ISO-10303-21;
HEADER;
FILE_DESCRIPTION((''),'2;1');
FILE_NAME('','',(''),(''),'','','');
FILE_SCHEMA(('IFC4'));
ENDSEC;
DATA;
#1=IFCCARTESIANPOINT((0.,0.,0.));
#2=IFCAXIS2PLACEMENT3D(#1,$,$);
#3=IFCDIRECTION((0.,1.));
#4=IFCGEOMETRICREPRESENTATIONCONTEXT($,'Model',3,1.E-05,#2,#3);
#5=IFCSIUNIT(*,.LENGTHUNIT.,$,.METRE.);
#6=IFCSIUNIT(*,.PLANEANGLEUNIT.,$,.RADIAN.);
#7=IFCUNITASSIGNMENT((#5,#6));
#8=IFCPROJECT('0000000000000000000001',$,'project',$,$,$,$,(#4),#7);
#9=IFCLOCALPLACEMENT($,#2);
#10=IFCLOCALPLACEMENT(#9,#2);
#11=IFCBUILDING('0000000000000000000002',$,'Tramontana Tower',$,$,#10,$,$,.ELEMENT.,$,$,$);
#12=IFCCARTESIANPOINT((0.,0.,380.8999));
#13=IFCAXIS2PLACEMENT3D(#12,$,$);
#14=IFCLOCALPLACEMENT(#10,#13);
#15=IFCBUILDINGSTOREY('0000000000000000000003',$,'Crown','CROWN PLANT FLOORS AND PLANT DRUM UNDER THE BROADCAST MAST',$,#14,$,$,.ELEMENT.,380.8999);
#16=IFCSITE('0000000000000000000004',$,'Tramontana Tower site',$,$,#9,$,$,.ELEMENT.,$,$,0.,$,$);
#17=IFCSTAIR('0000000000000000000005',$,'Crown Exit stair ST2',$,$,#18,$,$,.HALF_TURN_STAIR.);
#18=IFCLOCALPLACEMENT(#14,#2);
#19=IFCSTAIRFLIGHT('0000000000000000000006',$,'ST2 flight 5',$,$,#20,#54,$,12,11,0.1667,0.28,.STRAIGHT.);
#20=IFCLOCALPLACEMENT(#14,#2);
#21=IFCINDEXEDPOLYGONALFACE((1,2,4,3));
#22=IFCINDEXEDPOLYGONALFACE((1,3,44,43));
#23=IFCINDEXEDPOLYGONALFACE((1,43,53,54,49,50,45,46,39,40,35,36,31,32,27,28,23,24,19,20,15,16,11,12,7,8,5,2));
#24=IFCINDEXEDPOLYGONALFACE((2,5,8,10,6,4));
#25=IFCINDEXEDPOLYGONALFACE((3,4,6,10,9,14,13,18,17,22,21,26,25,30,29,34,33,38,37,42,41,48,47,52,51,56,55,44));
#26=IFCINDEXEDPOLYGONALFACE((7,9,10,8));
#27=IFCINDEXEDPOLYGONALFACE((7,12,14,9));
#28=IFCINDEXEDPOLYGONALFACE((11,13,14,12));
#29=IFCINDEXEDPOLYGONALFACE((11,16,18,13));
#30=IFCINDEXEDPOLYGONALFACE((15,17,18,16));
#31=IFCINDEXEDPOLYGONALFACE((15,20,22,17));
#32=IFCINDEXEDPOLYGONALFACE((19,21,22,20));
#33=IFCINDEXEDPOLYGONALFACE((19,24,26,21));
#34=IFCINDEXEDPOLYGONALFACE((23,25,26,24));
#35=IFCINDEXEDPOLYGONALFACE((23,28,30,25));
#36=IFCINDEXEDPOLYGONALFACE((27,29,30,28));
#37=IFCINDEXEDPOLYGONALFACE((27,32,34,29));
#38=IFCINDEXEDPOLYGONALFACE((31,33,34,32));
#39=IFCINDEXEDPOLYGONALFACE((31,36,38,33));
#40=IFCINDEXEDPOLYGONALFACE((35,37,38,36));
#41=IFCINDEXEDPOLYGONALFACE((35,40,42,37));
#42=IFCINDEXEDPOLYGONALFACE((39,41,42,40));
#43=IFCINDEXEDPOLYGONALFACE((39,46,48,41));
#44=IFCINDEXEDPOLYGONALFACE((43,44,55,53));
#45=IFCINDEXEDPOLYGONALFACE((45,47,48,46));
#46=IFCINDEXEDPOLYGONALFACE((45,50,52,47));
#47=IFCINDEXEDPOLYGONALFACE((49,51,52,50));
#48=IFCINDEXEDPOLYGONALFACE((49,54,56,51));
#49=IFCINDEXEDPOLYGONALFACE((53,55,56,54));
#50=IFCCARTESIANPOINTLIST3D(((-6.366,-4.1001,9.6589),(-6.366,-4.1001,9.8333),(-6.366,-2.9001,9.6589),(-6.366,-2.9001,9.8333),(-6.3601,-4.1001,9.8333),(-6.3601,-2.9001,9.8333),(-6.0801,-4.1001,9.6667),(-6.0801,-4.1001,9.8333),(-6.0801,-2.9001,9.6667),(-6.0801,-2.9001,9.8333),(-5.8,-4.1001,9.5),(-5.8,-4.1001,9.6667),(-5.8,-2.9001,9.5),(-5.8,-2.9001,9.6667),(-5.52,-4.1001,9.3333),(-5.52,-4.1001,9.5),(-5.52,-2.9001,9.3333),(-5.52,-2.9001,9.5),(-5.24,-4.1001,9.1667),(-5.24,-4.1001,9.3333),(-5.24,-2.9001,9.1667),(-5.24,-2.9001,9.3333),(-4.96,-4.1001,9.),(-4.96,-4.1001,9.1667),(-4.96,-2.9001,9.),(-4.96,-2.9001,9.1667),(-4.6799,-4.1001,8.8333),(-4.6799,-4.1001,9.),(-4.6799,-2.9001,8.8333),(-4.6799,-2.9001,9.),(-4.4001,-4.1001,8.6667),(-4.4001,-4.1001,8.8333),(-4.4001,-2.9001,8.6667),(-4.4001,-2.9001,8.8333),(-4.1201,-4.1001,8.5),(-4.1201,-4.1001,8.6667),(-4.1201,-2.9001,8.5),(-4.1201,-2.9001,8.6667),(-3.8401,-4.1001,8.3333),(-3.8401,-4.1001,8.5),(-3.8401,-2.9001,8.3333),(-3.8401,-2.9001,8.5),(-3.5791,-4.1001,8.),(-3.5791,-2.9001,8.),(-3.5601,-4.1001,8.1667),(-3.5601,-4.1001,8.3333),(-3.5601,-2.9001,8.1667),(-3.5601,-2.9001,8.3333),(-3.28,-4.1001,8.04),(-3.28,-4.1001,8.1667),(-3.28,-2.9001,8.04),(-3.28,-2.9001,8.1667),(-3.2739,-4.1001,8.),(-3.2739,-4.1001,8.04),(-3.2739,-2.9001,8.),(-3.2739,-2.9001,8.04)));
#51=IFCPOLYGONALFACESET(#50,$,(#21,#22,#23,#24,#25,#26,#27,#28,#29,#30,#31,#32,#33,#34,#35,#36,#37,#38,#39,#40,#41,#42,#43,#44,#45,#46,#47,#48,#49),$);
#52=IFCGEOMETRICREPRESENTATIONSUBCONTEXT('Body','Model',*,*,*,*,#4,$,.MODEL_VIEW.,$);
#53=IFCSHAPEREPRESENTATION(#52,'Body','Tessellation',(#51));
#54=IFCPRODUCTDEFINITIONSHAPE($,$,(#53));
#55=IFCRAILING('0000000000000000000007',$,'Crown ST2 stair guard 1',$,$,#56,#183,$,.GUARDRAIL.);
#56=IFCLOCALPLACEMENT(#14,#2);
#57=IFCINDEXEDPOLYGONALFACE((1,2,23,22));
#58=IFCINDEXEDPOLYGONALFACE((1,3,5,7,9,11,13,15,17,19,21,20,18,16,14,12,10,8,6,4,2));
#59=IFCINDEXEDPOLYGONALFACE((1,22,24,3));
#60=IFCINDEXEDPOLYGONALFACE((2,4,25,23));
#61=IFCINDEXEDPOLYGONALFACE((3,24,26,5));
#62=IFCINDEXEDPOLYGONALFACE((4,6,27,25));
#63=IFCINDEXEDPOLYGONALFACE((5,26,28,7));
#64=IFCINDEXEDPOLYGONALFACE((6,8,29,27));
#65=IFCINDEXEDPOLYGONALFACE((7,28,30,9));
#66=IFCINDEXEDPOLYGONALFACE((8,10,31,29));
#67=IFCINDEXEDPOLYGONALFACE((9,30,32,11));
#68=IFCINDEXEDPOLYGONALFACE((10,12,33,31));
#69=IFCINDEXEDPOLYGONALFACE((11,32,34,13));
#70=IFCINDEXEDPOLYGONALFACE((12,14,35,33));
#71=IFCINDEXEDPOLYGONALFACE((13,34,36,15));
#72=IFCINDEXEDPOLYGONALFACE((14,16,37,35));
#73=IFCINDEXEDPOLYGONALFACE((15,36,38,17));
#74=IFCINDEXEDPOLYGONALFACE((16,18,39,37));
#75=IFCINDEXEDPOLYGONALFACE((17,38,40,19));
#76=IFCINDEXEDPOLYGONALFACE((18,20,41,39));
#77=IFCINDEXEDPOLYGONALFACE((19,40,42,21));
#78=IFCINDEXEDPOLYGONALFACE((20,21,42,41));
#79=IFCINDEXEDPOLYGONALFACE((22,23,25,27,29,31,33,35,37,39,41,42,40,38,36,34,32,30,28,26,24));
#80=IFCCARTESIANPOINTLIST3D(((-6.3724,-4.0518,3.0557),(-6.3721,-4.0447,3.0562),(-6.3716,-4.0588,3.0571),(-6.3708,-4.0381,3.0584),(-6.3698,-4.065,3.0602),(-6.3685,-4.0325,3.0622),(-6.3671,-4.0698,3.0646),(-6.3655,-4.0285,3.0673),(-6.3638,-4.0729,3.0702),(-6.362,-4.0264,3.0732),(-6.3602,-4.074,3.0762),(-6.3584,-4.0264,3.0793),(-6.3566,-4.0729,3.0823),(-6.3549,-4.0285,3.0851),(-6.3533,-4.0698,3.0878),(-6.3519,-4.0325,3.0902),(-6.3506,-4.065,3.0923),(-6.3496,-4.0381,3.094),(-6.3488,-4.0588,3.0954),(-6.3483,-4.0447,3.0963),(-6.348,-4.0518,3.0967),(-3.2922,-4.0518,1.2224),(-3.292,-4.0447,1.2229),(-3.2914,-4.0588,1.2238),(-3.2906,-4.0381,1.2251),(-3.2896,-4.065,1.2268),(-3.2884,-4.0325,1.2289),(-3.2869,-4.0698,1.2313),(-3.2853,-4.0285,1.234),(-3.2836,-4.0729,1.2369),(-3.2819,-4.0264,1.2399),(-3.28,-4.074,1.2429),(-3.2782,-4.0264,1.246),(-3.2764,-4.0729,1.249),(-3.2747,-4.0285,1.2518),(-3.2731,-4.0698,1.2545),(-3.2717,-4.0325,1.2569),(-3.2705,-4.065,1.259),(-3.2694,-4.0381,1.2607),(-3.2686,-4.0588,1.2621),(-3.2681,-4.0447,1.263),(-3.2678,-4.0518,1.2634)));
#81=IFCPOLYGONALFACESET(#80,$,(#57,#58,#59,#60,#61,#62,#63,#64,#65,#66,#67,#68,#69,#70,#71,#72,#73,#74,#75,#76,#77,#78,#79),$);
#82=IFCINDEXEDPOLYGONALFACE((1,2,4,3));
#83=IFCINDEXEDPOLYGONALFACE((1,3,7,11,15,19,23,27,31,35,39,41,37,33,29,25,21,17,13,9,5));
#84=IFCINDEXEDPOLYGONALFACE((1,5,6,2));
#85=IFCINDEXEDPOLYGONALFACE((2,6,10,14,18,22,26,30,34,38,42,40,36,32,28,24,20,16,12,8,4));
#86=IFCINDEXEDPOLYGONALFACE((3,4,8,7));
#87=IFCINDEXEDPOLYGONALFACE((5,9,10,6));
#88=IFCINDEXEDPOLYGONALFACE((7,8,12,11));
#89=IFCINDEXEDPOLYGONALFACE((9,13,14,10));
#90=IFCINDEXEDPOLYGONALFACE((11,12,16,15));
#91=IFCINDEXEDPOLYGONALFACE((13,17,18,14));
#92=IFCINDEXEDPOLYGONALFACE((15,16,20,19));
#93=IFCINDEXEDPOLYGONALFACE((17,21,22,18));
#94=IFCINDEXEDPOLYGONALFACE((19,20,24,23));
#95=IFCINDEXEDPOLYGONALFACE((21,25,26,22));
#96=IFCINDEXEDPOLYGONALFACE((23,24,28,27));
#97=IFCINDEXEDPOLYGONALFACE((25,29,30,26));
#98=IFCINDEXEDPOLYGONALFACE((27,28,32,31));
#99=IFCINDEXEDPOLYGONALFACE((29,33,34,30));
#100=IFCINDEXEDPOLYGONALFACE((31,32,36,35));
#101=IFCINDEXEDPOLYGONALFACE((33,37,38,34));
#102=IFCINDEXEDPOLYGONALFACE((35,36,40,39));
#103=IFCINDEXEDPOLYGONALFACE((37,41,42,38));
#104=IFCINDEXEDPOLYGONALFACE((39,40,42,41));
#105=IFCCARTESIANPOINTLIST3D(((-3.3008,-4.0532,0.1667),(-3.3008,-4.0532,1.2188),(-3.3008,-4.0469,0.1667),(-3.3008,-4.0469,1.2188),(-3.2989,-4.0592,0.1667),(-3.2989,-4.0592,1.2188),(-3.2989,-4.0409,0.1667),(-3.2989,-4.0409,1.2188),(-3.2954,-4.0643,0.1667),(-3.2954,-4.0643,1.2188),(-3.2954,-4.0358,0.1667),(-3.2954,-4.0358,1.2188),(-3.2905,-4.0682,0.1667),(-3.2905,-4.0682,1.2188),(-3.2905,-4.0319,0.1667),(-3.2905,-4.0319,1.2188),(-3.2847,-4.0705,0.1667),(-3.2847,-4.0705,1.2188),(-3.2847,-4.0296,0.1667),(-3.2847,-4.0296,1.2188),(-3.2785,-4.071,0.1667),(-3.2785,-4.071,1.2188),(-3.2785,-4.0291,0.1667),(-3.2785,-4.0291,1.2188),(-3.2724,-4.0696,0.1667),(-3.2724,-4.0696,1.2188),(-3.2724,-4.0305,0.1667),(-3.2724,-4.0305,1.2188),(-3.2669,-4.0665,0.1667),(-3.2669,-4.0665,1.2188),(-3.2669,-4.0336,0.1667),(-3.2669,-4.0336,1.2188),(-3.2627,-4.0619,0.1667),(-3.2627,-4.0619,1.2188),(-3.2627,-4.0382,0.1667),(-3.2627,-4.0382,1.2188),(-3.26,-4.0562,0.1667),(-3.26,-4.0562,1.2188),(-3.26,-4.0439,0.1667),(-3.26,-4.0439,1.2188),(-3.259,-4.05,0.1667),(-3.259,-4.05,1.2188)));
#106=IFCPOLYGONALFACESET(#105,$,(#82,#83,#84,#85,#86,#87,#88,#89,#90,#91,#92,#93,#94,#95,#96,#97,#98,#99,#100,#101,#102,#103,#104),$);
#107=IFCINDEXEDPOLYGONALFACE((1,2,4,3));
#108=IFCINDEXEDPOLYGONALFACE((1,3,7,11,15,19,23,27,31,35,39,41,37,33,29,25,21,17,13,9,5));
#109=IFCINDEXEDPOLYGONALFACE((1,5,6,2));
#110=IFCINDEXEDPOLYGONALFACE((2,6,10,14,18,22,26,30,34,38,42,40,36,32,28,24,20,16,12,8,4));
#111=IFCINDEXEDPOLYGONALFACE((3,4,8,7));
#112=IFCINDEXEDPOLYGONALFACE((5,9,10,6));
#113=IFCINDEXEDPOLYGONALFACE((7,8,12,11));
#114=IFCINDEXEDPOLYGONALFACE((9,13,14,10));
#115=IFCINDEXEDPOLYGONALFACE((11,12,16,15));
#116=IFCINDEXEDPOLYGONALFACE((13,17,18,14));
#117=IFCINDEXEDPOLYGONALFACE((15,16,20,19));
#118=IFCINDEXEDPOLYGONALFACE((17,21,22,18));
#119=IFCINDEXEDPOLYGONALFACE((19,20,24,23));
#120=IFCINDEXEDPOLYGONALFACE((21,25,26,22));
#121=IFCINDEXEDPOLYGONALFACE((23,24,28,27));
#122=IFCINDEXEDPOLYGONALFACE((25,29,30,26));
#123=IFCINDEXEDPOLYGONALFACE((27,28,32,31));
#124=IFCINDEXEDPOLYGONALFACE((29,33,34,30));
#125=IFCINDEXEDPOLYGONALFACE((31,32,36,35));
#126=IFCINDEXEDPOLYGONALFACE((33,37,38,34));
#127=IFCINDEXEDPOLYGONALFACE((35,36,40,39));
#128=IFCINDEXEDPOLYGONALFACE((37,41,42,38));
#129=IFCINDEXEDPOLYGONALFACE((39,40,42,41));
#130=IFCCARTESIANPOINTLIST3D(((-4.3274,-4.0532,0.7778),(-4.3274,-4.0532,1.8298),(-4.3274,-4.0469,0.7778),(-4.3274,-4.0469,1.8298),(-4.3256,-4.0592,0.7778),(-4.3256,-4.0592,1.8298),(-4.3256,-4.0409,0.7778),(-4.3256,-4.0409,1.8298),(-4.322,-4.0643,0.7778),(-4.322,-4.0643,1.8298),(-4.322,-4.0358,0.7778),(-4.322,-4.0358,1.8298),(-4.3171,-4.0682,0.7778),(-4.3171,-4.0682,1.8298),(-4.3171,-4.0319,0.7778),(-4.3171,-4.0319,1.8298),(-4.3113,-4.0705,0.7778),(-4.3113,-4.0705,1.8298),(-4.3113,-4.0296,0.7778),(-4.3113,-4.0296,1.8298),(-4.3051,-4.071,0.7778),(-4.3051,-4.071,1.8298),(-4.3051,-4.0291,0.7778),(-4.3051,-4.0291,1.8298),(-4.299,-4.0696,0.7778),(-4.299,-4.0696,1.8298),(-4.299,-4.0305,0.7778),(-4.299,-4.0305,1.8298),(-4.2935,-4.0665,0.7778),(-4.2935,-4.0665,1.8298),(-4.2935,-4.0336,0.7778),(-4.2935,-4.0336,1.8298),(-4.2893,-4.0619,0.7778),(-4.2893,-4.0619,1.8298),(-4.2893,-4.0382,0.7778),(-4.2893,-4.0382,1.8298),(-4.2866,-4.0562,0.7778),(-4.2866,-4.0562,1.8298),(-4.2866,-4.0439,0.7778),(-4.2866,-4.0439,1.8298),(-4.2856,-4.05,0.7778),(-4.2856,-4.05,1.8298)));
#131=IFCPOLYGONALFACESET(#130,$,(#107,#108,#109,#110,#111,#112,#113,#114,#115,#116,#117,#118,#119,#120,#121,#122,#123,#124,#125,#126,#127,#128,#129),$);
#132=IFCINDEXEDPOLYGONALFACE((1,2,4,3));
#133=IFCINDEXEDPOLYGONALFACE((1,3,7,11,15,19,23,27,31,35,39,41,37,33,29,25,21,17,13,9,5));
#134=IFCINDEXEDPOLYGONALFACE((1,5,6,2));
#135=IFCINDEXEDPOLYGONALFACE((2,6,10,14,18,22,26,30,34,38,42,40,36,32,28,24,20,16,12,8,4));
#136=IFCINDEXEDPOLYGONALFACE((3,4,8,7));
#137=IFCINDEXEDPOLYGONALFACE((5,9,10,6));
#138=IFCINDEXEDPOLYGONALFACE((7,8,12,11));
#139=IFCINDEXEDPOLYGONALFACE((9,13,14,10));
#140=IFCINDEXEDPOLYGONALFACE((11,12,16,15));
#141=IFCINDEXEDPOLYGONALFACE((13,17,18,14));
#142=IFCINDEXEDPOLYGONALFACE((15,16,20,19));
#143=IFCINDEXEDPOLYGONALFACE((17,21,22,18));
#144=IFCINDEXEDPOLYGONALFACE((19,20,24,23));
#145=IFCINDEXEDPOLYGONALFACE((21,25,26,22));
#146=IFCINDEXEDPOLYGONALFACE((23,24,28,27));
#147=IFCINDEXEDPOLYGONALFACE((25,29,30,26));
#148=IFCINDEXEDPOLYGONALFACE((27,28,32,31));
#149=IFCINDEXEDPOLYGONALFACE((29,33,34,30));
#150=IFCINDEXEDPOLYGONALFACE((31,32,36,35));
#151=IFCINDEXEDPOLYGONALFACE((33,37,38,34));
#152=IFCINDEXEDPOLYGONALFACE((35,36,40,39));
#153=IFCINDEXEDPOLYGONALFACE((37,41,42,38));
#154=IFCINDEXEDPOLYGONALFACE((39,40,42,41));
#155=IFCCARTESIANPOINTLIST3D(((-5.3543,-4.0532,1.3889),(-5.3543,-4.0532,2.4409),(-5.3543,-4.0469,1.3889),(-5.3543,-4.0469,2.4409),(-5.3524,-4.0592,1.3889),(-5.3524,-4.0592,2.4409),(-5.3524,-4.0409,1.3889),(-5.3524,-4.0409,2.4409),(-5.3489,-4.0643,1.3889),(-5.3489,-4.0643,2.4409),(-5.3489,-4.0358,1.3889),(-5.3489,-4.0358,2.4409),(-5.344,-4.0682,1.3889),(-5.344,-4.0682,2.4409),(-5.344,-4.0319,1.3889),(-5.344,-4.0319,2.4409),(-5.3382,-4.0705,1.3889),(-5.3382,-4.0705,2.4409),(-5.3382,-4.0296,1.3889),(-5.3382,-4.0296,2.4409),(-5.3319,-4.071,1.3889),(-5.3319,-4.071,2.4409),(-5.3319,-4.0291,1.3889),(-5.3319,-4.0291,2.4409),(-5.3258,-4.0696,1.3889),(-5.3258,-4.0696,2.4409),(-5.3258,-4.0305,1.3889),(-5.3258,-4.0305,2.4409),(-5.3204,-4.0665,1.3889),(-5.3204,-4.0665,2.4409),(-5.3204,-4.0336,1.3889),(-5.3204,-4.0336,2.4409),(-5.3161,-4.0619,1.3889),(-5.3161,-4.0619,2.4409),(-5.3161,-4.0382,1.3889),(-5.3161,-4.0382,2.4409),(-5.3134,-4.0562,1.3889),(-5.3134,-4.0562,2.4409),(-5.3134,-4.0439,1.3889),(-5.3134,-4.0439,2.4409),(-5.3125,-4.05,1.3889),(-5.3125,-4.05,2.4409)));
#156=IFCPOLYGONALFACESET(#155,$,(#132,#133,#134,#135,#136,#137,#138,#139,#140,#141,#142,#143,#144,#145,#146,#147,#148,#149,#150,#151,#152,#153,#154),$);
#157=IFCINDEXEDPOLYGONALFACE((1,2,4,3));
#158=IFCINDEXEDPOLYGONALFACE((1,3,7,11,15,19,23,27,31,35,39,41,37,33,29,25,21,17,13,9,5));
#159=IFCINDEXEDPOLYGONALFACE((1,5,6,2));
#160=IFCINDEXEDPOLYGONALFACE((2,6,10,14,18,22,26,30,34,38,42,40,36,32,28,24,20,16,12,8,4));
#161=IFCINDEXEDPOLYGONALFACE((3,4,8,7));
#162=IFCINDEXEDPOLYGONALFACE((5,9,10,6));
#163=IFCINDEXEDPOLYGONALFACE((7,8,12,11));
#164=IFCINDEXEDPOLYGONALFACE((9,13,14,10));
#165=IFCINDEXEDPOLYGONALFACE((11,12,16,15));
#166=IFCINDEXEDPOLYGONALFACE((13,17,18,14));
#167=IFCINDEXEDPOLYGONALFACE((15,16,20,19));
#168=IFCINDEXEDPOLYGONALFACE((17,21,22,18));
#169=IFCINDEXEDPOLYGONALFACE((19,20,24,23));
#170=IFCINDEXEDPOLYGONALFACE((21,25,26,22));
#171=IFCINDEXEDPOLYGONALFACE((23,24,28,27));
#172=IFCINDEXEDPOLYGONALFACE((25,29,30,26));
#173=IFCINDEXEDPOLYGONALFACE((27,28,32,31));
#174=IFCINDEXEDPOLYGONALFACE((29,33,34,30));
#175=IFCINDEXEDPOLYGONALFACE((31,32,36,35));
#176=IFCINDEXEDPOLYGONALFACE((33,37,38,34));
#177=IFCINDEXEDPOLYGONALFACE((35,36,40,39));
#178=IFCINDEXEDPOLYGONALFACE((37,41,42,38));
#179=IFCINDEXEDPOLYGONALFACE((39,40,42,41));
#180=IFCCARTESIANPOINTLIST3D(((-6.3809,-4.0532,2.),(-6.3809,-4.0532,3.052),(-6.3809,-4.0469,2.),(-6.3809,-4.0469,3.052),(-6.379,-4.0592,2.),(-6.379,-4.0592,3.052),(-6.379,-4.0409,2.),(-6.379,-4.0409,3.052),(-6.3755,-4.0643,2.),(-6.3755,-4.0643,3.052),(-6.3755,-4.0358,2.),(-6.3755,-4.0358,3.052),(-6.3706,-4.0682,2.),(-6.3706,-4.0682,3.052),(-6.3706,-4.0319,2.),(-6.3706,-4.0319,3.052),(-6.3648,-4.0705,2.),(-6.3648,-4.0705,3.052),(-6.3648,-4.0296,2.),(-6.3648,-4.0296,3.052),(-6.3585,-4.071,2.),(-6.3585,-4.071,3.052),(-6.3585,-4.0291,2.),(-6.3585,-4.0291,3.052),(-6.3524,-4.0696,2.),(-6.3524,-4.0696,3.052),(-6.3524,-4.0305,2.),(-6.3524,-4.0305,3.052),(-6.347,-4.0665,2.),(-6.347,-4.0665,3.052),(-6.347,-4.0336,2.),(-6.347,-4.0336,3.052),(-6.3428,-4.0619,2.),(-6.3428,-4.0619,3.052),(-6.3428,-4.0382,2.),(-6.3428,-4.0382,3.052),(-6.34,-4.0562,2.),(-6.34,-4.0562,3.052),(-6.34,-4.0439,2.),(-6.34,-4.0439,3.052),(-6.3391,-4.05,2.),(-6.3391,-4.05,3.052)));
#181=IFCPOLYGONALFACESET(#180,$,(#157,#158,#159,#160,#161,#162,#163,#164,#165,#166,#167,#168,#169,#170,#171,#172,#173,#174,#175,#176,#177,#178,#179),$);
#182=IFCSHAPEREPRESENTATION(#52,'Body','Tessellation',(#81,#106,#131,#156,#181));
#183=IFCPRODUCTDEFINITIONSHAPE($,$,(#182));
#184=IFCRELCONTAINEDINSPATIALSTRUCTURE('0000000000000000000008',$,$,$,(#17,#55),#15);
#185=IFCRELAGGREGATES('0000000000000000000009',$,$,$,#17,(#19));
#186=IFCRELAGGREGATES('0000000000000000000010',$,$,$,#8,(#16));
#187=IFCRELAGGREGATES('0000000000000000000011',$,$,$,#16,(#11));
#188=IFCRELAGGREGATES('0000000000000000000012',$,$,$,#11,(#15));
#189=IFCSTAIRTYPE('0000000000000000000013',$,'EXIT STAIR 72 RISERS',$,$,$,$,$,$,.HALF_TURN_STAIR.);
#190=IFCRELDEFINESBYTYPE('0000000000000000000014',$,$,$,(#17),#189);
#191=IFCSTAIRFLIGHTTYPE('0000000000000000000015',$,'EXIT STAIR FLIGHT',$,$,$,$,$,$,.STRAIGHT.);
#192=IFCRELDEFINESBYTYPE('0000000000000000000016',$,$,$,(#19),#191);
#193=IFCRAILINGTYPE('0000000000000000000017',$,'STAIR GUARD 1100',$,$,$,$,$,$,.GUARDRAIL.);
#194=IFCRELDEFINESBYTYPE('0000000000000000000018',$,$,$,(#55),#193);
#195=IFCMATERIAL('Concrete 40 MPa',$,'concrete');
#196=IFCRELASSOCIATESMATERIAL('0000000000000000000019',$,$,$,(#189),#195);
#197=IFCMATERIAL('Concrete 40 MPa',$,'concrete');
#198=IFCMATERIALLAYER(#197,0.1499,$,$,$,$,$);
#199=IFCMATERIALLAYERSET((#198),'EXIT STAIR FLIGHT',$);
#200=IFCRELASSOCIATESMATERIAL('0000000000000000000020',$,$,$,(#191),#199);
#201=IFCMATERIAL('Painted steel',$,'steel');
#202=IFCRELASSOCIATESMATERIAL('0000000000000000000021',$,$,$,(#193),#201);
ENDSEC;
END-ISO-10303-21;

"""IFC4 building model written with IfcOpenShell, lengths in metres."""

from ifc_helpers import new_model, si_unit, direction, frame, origin, origin_2d, place, context, subcontext, project, spatial, polyline, circle, outline, extrude, material, layer, layer_set, type_object, element, aggregate, save


model = new_model("IFC4")

# Units and contexts
model_context = context("Model", 3, precision=1e-05, world=origin(), true_north=direction((0.0, 1.0)))
body_context = subcontext(model_context, "Body", "Model", "MODEL_VIEW")
ifc_project = project(units=[si_unit("LENGTHUNIT", "METRE"), si_unit("PLANEANGLEUNIT", "RADIAN")], contexts=[model_context])

# Site, building, storey
site_placement = place(None, origin())
site = spatial("IfcSite", under=ifc_project, at=site_placement, Name="Tramontana Tower site", CompositionType="ELEMENT", RefElevation=0.0)
building_placement = place(site_placement, origin())
building = spatial("IfcBuilding", under=site, at=building_placement, Name="Tramontana Tower", CompositionType="ELEMENT")
storey_placement = place(building_placement, frame((0.0, 0.0, 380.8999)))
storey = spatial("IfcBuildingStorey", under=building, at=storey_placement, Name="Crown", Description="CROWN PLANT FLOORS AND PLANT DRUM UNDER THE BROADCAST MAST", CompositionType="ELEMENT", Elevation=380.8999)

# Stair, stair flight
ifc_material_1 = material(Name="Concrete 40 MPa", Category="concrete")
stair_type = type_object("IfcStairType", Name="EXIT STAIR 72 RISERS", PredefinedType="HALF_TURN_STAIR", material=ifc_material_1)
stair_placement = place(storey_placement, origin())
stair = element("IfcStair", 1, at=stair_placement, inside=storey, type_object=stair_type, Name="Crown Exit stair ST2", PredefinedType="HALF_TURN_STAIR")
ifc_material_2 = material(Name="Concrete 40 MPa", Category="concrete")
ifc_layer_1 = layer(ifc_material_2, 0.1499)
ifc_layer_set_1 = layer_set([ifc_layer_1], Name="EXIT STAIR FLIGHT")
stair_flight_type = type_object("IfcStairFlightType", Name="EXIT STAIR FLIGHT", PredefinedType="STRAIGHT", material=ifc_layer_set_1)
stair_flight_1_placement = place(storey_placement, frame((-3.28, -3.5, 8.0), z_axis=(0.0, 0.0, 1.0), x_axis=(-1.0, 0.0, 0.0)))
stair_flight_1 = element("IfcStairFlight", 2, at=stair_flight_1_placement, type_object=stair_flight_type, Name="ST2 flight 5", NumberOfRisers=12, NumberOfTreads=11, PredefinedType="STRAIGHT", RiserHeight=0.1667, TreadLength=0.28, context=body_context, shape_type="SweptSolid", body=[
    extrude(outline(polyline([(-0.0061, 0.0), (-0.0061, 0.04), (0.0, 0.04), (0.0, 0.1667), (0.28, 0.1667), (0.28, 0.3333), (0.5601, 0.3333), (0.5601, 0.5), (0.8401, 0.5), (0.8401, 0.6667), (1.1201, 0.6667), (1.1201, 0.8333), (1.3999, 0.8333), (1.3999, 1.0), (1.6799, 1.0), (1.6799, 1.1667), (1.96, 1.1667), (1.96, 1.3333), (2.24, 1.3333), (2.24, 1.5), (2.52, 1.5), (2.52, 1.6667), (2.8, 1.6667), (2.8, 1.8333), (3.0801, 1.8333), (3.0859, 1.8333), (3.0859, 1.6589), (0.2991, 0.0), (-0.0061, 0.0)])), frame((0.0, 0.6001, 0.0), z_axis=(0.0, -1.0, 0.0), x_axis=(1.0, 0.0, 0.0)), (0.0, 0.0, 1.0), 1.2),
])
aggregate(stair, [stair_flight_1])

# Railing
ifc_material_3 = material(Name="Painted steel", Category="steel")
railing_type_1 = type_object("IfcRailingType", Name="STAIR GUARD 1100", PredefinedType="GUARDRAIL", material=ifc_material_3)
railing_1_placement = place(storey_placement, frame((-3.28, -4.05, 0.1667)))
element("IfcRailing", 3, at=railing_1_placement, inside=storey, type_object=railing_type_1, Name="Crown ST2 stair guard 1", PredefinedType="GUARDRAIL", context=body_context, shape_type="SweptSolid", body=[
    extrude(circle(Radius=0.0239, at=origin_2d()), frame((0.0, 0.0, 1.0762), z_axis=(-0.859309, 0.0, 0.511458), x_axis=(0.0, -1.0, 0.0)), (0.0, 0.0, 1.0), 3.5845),
    extrude(circle(Radius=0.021, at=origin_2d()), origin(), (0.0, 0.0, 1.0), 1.052),
    extrude(circle(Radius=0.021, at=origin_2d()), frame((-1.0266, 0.0, 0.6111)), (0.0, 0.0, 1.0), 1.052),
    extrude(circle(Radius=0.021, at=origin_2d()), frame((-2.0535, 0.0, 1.2222)), (0.0, 0.0, 1.0), 1.052),
    extrude(circle(Radius=0.021, at=origin_2d()), frame((-3.0801, 0.0, 1.8333)), (0.0, 0.0, 1.0), 1.052),
])

save(model, "model.ifc")
